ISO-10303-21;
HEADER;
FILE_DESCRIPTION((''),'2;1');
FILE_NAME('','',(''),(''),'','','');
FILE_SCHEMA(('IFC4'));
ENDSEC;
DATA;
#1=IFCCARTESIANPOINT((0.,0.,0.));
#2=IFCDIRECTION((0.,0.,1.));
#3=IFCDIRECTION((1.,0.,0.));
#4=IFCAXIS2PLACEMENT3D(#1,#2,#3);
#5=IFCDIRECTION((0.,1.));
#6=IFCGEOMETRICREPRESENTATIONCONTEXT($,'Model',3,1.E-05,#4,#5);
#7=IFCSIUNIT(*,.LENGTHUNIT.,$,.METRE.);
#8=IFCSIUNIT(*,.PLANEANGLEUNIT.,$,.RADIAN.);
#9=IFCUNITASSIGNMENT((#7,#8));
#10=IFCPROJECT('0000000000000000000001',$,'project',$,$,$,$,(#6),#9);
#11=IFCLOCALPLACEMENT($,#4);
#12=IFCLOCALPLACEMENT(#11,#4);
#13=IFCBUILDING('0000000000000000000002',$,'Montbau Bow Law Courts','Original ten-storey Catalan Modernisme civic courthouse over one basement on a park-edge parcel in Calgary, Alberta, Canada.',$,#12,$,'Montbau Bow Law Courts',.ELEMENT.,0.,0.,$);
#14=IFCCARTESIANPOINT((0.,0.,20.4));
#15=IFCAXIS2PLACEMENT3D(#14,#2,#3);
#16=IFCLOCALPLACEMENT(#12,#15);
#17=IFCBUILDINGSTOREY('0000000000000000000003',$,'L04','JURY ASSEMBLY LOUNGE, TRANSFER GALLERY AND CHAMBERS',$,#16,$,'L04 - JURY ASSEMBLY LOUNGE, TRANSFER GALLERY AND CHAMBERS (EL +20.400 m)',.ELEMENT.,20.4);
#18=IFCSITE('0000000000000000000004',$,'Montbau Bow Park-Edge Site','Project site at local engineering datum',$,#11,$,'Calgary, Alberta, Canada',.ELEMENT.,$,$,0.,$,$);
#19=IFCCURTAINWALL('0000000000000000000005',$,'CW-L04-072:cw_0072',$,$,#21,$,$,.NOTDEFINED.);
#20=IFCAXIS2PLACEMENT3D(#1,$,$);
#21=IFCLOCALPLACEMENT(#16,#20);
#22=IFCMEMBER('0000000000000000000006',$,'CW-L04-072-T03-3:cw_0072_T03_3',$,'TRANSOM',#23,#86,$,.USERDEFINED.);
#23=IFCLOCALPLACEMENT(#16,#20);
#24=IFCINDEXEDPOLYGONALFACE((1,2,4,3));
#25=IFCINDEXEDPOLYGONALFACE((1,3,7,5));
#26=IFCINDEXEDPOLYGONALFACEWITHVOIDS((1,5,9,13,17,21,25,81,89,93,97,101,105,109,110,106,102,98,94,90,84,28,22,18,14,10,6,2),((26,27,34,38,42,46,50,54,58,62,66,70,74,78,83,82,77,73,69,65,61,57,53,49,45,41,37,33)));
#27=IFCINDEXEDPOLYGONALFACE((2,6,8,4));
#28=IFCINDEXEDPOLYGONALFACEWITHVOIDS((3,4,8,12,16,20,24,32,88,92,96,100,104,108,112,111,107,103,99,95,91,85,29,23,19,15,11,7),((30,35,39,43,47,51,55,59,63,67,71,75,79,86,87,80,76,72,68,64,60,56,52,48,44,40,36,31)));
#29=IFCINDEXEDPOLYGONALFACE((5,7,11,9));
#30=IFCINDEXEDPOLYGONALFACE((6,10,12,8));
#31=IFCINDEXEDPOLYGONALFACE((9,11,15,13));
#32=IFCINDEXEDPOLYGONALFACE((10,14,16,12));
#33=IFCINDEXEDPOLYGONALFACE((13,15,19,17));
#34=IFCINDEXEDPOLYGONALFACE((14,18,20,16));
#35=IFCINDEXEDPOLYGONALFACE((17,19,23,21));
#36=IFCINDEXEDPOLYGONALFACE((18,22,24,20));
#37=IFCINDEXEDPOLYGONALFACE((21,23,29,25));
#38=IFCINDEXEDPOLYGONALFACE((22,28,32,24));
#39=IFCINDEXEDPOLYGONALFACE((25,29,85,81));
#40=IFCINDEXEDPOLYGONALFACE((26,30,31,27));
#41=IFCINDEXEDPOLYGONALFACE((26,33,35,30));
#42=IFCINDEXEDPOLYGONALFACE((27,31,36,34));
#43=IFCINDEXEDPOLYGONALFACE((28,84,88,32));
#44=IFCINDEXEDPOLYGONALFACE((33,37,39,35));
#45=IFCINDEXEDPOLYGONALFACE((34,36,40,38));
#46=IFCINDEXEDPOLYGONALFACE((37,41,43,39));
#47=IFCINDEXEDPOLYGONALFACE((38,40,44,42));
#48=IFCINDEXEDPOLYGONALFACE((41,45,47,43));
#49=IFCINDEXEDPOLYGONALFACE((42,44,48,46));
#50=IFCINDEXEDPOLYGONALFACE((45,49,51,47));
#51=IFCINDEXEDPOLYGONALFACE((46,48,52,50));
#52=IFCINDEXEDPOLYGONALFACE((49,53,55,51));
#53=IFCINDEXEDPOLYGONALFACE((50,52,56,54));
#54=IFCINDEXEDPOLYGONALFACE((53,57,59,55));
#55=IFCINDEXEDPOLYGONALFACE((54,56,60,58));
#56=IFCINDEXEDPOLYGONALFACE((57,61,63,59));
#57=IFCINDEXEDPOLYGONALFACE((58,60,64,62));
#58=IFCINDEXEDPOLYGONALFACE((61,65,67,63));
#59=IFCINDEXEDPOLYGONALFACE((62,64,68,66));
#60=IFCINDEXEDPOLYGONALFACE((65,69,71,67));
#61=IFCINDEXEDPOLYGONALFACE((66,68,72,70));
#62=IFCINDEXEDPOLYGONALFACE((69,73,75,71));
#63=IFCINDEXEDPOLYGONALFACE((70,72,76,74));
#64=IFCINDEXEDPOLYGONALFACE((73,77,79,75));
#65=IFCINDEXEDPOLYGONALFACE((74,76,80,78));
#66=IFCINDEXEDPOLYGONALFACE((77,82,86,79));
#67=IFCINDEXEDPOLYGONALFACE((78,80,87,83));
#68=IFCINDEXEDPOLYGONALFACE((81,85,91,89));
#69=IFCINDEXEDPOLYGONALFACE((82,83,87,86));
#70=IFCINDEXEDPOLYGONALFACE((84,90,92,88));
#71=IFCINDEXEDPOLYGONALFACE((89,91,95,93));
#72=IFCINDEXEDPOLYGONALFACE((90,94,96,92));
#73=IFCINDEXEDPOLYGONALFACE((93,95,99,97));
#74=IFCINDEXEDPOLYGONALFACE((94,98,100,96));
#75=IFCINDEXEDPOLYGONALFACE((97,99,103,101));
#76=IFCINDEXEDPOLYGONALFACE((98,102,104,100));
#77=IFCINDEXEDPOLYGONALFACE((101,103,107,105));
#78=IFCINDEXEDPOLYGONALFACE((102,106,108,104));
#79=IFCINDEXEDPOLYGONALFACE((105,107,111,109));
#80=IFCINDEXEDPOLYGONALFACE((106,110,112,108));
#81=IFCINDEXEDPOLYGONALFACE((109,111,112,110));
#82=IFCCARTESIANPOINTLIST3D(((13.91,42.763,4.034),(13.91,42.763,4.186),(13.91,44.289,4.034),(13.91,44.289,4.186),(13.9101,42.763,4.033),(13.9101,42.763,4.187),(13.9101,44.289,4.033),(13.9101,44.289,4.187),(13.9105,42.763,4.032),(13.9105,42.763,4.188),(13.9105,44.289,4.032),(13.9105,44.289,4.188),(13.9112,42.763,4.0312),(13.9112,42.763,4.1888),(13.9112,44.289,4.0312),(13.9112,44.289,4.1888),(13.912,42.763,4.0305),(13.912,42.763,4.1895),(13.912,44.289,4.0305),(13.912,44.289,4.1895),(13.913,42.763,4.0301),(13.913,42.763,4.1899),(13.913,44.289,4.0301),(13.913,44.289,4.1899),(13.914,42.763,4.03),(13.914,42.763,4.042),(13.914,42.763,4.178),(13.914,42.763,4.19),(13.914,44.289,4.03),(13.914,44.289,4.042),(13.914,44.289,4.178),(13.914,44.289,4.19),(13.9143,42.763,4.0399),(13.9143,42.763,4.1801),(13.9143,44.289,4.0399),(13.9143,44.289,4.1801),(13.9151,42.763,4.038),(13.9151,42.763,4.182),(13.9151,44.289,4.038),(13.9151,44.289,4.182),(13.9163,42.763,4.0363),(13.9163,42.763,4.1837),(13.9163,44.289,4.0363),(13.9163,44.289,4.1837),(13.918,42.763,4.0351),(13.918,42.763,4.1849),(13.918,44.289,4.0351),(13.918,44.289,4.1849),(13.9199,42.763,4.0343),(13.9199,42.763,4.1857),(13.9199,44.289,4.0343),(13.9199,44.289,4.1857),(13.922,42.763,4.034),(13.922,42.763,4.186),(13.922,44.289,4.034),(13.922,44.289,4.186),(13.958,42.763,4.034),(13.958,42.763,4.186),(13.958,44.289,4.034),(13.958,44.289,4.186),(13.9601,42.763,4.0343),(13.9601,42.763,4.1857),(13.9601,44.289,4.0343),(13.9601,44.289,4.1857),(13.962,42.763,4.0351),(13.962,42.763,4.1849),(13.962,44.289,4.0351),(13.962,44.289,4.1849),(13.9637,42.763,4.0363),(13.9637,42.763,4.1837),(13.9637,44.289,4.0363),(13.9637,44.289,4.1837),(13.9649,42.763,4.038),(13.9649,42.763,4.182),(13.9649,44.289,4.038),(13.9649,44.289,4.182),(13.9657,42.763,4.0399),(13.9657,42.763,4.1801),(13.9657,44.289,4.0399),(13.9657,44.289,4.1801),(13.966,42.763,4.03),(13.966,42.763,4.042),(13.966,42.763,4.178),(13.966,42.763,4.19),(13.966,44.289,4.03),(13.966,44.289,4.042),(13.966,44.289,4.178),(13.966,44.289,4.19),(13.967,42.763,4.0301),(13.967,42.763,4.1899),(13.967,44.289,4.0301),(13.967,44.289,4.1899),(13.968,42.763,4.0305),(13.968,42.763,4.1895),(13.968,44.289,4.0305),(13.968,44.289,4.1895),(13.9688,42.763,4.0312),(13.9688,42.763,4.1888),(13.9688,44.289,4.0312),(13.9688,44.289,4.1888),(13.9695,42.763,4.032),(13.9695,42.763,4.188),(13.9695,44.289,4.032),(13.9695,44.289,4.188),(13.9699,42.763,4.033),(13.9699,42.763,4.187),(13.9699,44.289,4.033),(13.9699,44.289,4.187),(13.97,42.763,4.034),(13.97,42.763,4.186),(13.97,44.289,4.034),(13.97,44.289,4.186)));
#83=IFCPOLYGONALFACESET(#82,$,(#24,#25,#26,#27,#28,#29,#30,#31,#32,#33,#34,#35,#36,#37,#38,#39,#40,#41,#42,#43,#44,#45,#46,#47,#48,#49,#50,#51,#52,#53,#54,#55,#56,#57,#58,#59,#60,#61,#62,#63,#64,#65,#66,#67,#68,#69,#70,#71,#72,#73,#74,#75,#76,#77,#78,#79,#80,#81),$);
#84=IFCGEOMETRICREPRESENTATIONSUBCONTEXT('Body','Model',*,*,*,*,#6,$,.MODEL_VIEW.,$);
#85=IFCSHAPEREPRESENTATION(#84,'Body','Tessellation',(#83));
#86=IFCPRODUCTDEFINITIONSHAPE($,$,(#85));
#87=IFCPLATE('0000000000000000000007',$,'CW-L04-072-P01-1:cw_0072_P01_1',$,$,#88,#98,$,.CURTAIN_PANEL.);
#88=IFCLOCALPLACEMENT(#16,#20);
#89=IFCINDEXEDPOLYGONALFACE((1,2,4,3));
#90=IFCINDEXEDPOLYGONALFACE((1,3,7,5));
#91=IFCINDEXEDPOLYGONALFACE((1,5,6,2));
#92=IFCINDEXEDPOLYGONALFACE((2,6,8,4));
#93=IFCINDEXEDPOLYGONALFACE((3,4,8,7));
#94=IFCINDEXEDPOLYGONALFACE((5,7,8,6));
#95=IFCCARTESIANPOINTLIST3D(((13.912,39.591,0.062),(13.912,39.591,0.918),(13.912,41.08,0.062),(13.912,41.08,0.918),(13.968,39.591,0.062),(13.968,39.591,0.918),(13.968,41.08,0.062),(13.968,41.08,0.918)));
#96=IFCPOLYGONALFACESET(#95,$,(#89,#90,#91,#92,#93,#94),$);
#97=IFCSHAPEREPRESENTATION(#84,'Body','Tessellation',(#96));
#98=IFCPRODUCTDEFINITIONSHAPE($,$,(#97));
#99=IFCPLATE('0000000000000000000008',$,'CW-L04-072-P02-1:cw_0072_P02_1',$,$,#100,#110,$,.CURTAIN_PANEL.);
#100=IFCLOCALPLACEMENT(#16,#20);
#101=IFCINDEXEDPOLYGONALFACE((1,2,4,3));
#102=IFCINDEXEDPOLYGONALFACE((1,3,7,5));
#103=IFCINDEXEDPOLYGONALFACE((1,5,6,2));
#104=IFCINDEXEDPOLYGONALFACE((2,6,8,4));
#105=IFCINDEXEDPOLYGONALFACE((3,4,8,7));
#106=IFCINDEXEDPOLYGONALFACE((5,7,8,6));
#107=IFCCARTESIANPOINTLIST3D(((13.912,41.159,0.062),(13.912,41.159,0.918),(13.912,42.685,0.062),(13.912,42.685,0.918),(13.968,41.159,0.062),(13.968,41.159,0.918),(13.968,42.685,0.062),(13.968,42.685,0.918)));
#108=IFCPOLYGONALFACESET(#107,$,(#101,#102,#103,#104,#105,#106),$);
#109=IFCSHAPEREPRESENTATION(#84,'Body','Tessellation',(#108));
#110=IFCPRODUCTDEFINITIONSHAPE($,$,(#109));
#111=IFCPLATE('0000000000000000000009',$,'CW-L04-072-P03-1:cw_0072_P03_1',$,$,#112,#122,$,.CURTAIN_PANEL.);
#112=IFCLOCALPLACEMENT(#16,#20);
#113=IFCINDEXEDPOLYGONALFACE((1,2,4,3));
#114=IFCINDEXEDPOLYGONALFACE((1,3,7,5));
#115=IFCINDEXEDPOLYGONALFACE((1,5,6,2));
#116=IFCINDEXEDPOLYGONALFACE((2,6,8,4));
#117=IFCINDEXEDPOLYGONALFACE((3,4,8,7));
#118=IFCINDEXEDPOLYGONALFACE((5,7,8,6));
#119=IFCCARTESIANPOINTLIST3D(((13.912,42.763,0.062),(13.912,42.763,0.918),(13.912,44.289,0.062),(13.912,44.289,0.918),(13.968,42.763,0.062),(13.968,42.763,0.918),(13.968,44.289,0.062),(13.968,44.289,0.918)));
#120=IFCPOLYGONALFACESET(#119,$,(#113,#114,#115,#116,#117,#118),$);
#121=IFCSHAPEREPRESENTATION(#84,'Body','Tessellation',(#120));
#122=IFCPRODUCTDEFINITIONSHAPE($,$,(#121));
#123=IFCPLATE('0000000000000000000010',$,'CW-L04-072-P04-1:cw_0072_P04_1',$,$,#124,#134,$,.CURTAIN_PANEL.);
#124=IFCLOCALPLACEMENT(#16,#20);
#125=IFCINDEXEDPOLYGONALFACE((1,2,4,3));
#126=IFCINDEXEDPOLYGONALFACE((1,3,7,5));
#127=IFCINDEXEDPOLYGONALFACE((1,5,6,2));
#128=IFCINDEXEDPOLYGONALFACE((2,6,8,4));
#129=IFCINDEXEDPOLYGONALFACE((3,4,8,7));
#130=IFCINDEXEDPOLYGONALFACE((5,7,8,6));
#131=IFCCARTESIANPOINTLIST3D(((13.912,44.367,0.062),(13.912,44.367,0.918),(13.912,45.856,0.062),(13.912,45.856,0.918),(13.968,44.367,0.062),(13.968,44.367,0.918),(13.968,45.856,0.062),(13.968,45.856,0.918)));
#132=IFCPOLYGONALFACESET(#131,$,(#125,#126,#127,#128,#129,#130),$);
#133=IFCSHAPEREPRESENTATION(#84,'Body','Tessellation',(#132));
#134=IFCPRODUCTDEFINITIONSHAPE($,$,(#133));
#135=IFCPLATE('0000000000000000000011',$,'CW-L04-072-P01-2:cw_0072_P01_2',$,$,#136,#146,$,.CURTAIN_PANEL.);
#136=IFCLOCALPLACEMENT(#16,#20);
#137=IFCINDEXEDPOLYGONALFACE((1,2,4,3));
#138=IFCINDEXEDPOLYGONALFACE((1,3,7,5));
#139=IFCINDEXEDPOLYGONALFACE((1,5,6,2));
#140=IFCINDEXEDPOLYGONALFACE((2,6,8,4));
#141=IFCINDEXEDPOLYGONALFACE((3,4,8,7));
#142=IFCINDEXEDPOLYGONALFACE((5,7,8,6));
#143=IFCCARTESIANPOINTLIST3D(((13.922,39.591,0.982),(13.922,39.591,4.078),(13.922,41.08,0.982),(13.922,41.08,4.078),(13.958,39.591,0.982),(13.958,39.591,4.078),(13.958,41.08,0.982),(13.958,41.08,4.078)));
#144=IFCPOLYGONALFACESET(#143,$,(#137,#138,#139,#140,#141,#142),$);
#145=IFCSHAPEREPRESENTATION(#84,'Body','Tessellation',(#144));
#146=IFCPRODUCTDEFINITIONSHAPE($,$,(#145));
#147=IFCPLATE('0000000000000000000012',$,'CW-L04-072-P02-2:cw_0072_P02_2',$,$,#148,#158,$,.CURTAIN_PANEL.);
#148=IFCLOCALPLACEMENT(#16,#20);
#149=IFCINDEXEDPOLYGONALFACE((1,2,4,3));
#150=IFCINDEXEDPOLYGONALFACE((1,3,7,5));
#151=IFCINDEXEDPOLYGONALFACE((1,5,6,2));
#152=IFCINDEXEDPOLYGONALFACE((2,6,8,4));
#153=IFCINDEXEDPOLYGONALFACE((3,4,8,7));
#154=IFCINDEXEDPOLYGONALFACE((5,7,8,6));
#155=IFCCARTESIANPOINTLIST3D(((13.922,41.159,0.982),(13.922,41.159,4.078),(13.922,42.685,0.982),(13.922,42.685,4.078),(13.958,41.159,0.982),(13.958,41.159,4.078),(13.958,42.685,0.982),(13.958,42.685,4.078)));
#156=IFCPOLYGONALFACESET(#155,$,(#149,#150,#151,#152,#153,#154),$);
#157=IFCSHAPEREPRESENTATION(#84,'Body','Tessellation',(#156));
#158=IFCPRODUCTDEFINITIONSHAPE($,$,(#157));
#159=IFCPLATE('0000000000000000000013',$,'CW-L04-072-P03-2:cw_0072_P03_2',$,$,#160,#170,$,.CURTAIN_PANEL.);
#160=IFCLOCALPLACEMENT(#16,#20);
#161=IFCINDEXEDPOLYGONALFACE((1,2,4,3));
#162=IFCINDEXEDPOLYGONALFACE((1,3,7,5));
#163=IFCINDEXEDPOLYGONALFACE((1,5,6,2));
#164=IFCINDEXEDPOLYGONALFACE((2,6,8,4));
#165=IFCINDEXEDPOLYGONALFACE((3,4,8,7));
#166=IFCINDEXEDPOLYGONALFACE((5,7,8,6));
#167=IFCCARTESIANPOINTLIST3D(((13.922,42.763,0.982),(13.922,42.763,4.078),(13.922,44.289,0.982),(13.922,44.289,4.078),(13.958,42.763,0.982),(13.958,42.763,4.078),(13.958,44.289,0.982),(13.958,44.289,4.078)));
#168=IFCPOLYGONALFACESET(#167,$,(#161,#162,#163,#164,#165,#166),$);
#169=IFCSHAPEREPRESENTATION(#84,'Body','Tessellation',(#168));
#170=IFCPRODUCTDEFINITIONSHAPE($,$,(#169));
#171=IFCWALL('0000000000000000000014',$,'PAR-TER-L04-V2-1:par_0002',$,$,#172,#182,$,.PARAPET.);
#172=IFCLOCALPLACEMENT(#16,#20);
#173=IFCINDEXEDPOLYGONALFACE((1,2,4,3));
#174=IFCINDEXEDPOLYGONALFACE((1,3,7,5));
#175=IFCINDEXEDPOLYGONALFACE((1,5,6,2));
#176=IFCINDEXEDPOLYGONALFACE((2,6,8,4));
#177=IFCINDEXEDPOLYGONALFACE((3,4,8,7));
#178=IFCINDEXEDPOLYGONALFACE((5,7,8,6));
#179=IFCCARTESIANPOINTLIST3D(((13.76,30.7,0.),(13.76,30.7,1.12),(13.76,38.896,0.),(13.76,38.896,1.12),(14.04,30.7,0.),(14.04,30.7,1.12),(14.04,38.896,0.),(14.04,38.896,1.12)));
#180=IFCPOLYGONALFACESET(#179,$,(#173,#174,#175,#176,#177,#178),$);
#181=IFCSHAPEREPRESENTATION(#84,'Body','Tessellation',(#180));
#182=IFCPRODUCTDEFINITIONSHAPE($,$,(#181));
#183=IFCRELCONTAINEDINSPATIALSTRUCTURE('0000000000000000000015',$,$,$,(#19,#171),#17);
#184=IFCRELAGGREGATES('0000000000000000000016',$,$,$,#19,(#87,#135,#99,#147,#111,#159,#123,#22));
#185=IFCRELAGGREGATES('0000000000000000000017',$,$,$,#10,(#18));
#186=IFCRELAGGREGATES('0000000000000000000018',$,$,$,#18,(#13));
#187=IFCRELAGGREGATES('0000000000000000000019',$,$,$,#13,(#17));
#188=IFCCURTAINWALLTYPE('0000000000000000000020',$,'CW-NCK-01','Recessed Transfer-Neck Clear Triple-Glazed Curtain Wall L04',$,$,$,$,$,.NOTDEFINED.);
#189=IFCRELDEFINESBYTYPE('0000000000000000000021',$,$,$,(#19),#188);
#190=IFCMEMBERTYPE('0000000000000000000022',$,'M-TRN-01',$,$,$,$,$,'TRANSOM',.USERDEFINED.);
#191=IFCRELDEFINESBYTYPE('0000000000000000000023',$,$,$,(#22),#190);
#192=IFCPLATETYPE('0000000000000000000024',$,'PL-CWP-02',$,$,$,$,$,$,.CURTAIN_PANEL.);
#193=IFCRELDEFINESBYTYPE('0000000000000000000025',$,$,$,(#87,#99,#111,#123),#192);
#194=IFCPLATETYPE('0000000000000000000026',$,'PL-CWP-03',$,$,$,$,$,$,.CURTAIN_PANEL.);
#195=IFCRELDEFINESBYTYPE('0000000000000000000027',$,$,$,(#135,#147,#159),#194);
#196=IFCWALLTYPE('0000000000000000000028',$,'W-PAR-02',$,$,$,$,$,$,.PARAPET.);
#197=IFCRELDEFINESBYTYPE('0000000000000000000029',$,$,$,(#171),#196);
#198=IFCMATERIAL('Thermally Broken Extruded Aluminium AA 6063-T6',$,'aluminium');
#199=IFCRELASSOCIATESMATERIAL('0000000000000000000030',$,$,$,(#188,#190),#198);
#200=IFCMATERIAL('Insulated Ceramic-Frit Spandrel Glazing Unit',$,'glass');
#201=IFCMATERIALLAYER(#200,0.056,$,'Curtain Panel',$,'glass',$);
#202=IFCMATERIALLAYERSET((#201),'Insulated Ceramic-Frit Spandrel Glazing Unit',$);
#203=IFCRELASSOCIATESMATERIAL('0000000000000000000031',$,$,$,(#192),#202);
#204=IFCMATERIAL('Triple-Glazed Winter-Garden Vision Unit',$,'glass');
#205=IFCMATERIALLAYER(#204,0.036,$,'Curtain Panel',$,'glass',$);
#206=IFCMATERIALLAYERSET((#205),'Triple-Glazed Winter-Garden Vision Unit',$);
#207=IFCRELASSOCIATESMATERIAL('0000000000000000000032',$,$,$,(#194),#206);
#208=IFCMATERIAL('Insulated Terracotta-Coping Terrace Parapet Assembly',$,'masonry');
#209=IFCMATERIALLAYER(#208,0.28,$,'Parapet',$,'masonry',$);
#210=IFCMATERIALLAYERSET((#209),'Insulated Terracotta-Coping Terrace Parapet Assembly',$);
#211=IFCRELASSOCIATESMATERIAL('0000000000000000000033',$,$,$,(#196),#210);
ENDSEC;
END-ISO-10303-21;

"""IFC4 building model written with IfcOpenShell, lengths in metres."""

from ifc_helpers import new_model, si_unit, direction, frame, frame_2d, origin_with_axes, origin_2d_with_axis, place, context, subcontext, project, spatial, rectangle, hollow_rectangle, extrude, material, layer, layer_set, material_profile, profile_set, type_object, element, aggregate, save


model = new_model("IFC4")

# Units and contexts
model_context = context("Model", 3, precision=1e-05, world=origin_with_axes(), true_north=direction((0.0, 1.0)))
body_context = subcontext(model_context, "Body", "Model", "MODEL_VIEW")
ifc_project = project(units=[si_unit("LENGTHUNIT", "METRE"), si_unit("PLANEANGLEUNIT", "RADIAN")], contexts=[model_context])

# Site, building, storey
site_placement = place(None, origin_with_axes())
site = spatial("IfcSite", under=ifc_project, at=site_placement, Name="Montbau Bow Park-Edge Site", Description="Project site at local engineering datum", LongName="Calgary, Alberta, Canada", CompositionType="ELEMENT", RefElevation=0.0)
building_placement = place(site_placement, origin_with_axes())
building = spatial("IfcBuilding", under=site, at=building_placement, Name="Montbau Bow Law Courts", Description="Original ten-storey Catalan Modernisme civic courthouse over one basement on a park-edge parcel in Calgary, Alberta, Canada.", LongName="Montbau Bow Law Courts", CompositionType="ELEMENT", ElevationOfRefHeight=0.0, ElevationOfTerrain=0.0)
storey_placement = place(building_placement, frame((0.0, 0.0, 20.4), z_axis=(0.0, 0.0, 1.0), x_axis=(1.0, 0.0, 0.0)))
storey = spatial("IfcBuildingStorey", under=building, at=storey_placement, Name="L04", Description="JURY ASSEMBLY LOUNGE, TRANSFER GALLERY AND CHAMBERS", LongName="L04 - JURY ASSEMBLY LOUNGE, TRANSFER GALLERY AND CHAMBERS (EL +20.400 m)", CompositionType="ELEMENT", Elevation=20.4)

# Curtain wall, member, plates
ifc_material_1 = material(Name="Thermally Broken Extruded Aluminium AA 6063-T6", Category="aluminium")
curtain_wall_type = type_object("IfcCurtainWallType", Name="CW-NCK-01", Description="Recessed Transfer-Neck Clear Triple-Glazed Curtain Wall L04", PredefinedType="NOTDEFINED", material=ifc_material_1)
curtain_wall_placement = place(None, frame((13.94, 39.515, 20.4), z_axis=(0.0, 0.0, 1.0), x_axis=(1.0, 0.0, 0.0)))
curtain_wall = element("IfcCurtainWall", 1, at=curtain_wall_placement, inside=storey, type_object=curtain_wall_type, Name="CW-L04-072:cw_0072", PredefinedType="NOTDEFINED")
ifc_material_profile_1 = material_profile(ifc_material_1, hollow_rectangle(XDim=0.06, YDim=0.16, WallThickness=0.004, InnerFilletRadius=0.008, OuterFilletRadius=0.004, at=origin_2d_with_axis()), Name="CWT-160X60", Category="Main", Priority=0)
ifc_profile_set_1 = profile_set([ifc_material_profile_1], Name="Thermally Broken Extruded Aluminium AA 6063-T6")
member_type_1 = type_object("IfcMemberType", Name="M-TRN-01", ElementType="TRANSOM", PredefinedType="USERDEFINED", material=ifc_profile_set_1)
member_1_placement = place(None, frame((13.94, 42.763, 24.51), z_axis=(0.0, 1.0, 0.0), x_axis=(-1.0, 0.0, 0.0)))
member_1 = element("IfcMember", 2, at=member_1_placement, type_object=member_type_1, Name="CW-L04-072-T03-3:cw_0072_T03_3", ObjectType="TRANSOM", PredefinedType="USERDEFINED", context=body_context, shape_type="SweptSolid", body=[
    extrude(hollow_rectangle(XDim=0.06, YDim=0.16, WallThickness=0.004, InnerFilletRadius=0.008, OuterFilletRadius=0.004, at=origin_2d_with_axis()), origin_with_axes(), (0.0, 0.0, 1.0), 1.526),
])
ifc_material_2 = material(Name="Insulated Ceramic-Frit Spandrel Glazing Unit", Category="glass")
ifc_layer_1 = layer(ifc_material_2, 0.056, Name="Curtain Panel", Category="glass")
ifc_layer_set_1 = layer_set([ifc_layer_1], Name="Insulated Ceramic-Frit Spandrel Glazing Unit")
plate_type_1 = type_object("IfcPlateType", Name="PL-CWP-02", PredefinedType="CURTAIN_PANEL", material=ifc_layer_set_1)
plate_1_placement = place(None, frame((13.94, 39.591, 20.462), z_axis=(1.0, 0.0, 0.0), x_axis=(0.0, 1.0, 0.0)))
plate_1 = element("IfcPlate", 3, at=plate_1_placement, type_object=plate_type_1, Name="CW-L04-072-P01-1:cw_0072_P01_1", PredefinedType="CURTAIN_PANEL", context=body_context, shape_type="SweptSolid", body=[
    extrude(rectangle(XDim=1.489, YDim=0.856, at=frame_2d((0.7445, 0.428), x_axis=(1.0, 0.0))), frame((0.0, 0.0, -0.028), z_axis=(0.0, 0.0, 1.0), x_axis=(1.0, 0.0, 0.0)), (0.0, 0.0, 1.0), 0.056),
])
plate_2_placement = place(None, frame((13.94, 41.159, 20.462), z_axis=(1.0, 0.0, 0.0), x_axis=(0.0, 1.0, 0.0)))
plate_2 = element("IfcPlate", 4, at=plate_2_placement, type_object=plate_type_1, Name="CW-L04-072-P02-1:cw_0072_P02_1", PredefinedType="CURTAIN_PANEL", context=body_context, shape_type="SweptSolid", body=[
    extrude(rectangle(XDim=1.526, YDim=0.856, at=frame_2d((0.763, 0.428), x_axis=(1.0, 0.0))), frame((0.0, 0.0, -0.028), z_axis=(0.0, 0.0, 1.0), x_axis=(1.0, 0.0, 0.0)), (0.0, 0.0, 1.0), 0.056),
])
plate_3_placement = place(None, frame((13.94, 42.763, 20.462), z_axis=(1.0, 0.0, 0.0), x_axis=(0.0, 1.0, 0.0)))
plate_3 = element("IfcPlate", 5, at=plate_3_placement, type_object=plate_type_1, Name="CW-L04-072-P03-1:cw_0072_P03_1", PredefinedType="CURTAIN_PANEL", context=body_context, shape_type="SweptSolid", body=[
    extrude(rectangle(XDim=1.526, YDim=0.856, at=frame_2d((0.763, 0.428), x_axis=(1.0, 0.0))), frame((0.0, 0.0, -0.028), z_axis=(0.0, 0.0, 1.0), x_axis=(1.0, 0.0, 0.0)), (0.0, 0.0, 1.0), 0.056),
])
plate_4_placement = place(None, frame((13.94, 44.367, 20.462), z_axis=(1.0, 0.0, 0.0), x_axis=(0.0, 1.0, 0.0)))
plate_4 = element("IfcPlate", 6, at=plate_4_placement, type_object=plate_type_1, Name="CW-L04-072-P04-1:cw_0072_P04_1", PredefinedType="CURTAIN_PANEL", context=body_context, shape_type="SweptSolid", body=[
    extrude(rectangle(XDim=1.489, YDim=0.856, at=frame_2d((0.7445, 0.428), x_axis=(1.0, 0.0))), frame((0.0, 0.0, -0.028), z_axis=(0.0, 0.0, 1.0), x_axis=(1.0, 0.0, 0.0)), (0.0, 0.0, 1.0), 0.056),
])
ifc_material_3 = material(Name="Triple-Glazed Winter-Garden Vision Unit", Category="glass")
ifc_layer_2 = layer(ifc_material_3, 0.036, Name="Curtain Panel", Category="glass")
ifc_layer_set_2 = layer_set([ifc_layer_2], Name="Triple-Glazed Winter-Garden Vision Unit")
plate_type_2 = type_object("IfcPlateType", Name="PL-CWP-03", PredefinedType="CURTAIN_PANEL", material=ifc_layer_set_2)
plate_5_placement = place(None, frame((13.94, 39.591, 21.382), z_axis=(1.0, 0.0, 0.0), x_axis=(0.0, 1.0, 0.0)))
plate_5 = element("IfcPlate", 7, at=plate_5_placement, type_object=plate_type_2, Name="CW-L04-072-P01-2:cw_0072_P01_2", PredefinedType="CURTAIN_PANEL", context=body_context, shape_type="SweptSolid", body=[
    extrude(rectangle(XDim=1.489, YDim=3.096, at=frame_2d((0.7445, 1.548), x_axis=(1.0, 0.0))), frame((0.0, 0.0, -0.018), z_axis=(0.0, 0.0, 1.0), x_axis=(1.0, 0.0, 0.0)), (0.0, 0.0, 1.0), 0.036),
])
plate_6_placement = place(None, frame((13.94, 41.159, 21.382), z_axis=(1.0, 0.0, 0.0), x_axis=(0.0, 1.0, 0.0)))
plate_6 = element("IfcPlate", 8, at=plate_6_placement, type_object=plate_type_2, Name="CW-L04-072-P02-2:cw_0072_P02_2", PredefinedType="CURTAIN_PANEL", context=body_context, shape_type="SweptSolid", body=[
    extrude(rectangle(XDim=1.526, YDim=3.096, at=frame_2d((0.763, 1.548), x_axis=(1.0, 0.0))), frame((0.0, 0.0, -0.018), z_axis=(0.0, 0.0, 1.0), x_axis=(1.0, 0.0, 0.0)), (0.0, 0.0, 1.0), 0.036),
])
plate_7_placement = place(None, frame((13.94, 42.763, 21.382), z_axis=(1.0, 0.0, 0.0), x_axis=(0.0, 1.0, 0.0)))
plate_7 = element("IfcPlate", 9, at=plate_7_placement, type_object=plate_type_2, Name="CW-L04-072-P03-2:cw_0072_P03_2", PredefinedType="CURTAIN_PANEL", context=body_context, shape_type="SweptSolid", body=[
    extrude(rectangle(XDim=1.526, YDim=3.096, at=frame_2d((0.763, 1.548), x_axis=(1.0, 0.0))), frame((0.0, 0.0, -0.018), z_axis=(0.0, 0.0, 1.0), x_axis=(1.0, 0.0, 0.0)), (0.0, 0.0, 1.0), 0.036),
])
aggregate(curtain_wall, [plate_1, plate_5, plate_2, plate_6, plate_3, plate_7, plate_4, member_1])

# Wall
ifc_material_4 = material(Name="Insulated Terracotta-Coping Terrace Parapet Assembly", Category="masonry")
ifc_layer_3 = layer(ifc_material_4, 0.28, Name="Parapet", Category="masonry")
ifc_layer_set_3 = layer_set([ifc_layer_3], Name="Insulated Terracotta-Coping Terrace Parapet Assembly")
wall_type_1 = type_object("IfcWallType", Name="W-PAR-02", PredefinedType="PARAPET", material=ifc_layer_set_3)
wall_1_placement = place(None, frame((13.9, 30.7, 20.4), z_axis=(0.0, 0.0, 1.0), x_axis=(0.0, 1.0, 0.0)))
element("IfcWall", 10, at=wall_1_placement, inside=storey, type_object=wall_type_1, Name="PAR-TER-L04-V2-1:par_0002", PredefinedType="PARAPET", context=body_context, shape_type="SweptSolid", body=[
    extrude(rectangle(XDim=8.196, YDim=0.28, at=frame_2d((4.098, 0.0), x_axis=(1.0, 0.0))), origin_with_axes(), (0.0, 0.0, 1.0), 1.12),
])

save(model, "model.ifc")
